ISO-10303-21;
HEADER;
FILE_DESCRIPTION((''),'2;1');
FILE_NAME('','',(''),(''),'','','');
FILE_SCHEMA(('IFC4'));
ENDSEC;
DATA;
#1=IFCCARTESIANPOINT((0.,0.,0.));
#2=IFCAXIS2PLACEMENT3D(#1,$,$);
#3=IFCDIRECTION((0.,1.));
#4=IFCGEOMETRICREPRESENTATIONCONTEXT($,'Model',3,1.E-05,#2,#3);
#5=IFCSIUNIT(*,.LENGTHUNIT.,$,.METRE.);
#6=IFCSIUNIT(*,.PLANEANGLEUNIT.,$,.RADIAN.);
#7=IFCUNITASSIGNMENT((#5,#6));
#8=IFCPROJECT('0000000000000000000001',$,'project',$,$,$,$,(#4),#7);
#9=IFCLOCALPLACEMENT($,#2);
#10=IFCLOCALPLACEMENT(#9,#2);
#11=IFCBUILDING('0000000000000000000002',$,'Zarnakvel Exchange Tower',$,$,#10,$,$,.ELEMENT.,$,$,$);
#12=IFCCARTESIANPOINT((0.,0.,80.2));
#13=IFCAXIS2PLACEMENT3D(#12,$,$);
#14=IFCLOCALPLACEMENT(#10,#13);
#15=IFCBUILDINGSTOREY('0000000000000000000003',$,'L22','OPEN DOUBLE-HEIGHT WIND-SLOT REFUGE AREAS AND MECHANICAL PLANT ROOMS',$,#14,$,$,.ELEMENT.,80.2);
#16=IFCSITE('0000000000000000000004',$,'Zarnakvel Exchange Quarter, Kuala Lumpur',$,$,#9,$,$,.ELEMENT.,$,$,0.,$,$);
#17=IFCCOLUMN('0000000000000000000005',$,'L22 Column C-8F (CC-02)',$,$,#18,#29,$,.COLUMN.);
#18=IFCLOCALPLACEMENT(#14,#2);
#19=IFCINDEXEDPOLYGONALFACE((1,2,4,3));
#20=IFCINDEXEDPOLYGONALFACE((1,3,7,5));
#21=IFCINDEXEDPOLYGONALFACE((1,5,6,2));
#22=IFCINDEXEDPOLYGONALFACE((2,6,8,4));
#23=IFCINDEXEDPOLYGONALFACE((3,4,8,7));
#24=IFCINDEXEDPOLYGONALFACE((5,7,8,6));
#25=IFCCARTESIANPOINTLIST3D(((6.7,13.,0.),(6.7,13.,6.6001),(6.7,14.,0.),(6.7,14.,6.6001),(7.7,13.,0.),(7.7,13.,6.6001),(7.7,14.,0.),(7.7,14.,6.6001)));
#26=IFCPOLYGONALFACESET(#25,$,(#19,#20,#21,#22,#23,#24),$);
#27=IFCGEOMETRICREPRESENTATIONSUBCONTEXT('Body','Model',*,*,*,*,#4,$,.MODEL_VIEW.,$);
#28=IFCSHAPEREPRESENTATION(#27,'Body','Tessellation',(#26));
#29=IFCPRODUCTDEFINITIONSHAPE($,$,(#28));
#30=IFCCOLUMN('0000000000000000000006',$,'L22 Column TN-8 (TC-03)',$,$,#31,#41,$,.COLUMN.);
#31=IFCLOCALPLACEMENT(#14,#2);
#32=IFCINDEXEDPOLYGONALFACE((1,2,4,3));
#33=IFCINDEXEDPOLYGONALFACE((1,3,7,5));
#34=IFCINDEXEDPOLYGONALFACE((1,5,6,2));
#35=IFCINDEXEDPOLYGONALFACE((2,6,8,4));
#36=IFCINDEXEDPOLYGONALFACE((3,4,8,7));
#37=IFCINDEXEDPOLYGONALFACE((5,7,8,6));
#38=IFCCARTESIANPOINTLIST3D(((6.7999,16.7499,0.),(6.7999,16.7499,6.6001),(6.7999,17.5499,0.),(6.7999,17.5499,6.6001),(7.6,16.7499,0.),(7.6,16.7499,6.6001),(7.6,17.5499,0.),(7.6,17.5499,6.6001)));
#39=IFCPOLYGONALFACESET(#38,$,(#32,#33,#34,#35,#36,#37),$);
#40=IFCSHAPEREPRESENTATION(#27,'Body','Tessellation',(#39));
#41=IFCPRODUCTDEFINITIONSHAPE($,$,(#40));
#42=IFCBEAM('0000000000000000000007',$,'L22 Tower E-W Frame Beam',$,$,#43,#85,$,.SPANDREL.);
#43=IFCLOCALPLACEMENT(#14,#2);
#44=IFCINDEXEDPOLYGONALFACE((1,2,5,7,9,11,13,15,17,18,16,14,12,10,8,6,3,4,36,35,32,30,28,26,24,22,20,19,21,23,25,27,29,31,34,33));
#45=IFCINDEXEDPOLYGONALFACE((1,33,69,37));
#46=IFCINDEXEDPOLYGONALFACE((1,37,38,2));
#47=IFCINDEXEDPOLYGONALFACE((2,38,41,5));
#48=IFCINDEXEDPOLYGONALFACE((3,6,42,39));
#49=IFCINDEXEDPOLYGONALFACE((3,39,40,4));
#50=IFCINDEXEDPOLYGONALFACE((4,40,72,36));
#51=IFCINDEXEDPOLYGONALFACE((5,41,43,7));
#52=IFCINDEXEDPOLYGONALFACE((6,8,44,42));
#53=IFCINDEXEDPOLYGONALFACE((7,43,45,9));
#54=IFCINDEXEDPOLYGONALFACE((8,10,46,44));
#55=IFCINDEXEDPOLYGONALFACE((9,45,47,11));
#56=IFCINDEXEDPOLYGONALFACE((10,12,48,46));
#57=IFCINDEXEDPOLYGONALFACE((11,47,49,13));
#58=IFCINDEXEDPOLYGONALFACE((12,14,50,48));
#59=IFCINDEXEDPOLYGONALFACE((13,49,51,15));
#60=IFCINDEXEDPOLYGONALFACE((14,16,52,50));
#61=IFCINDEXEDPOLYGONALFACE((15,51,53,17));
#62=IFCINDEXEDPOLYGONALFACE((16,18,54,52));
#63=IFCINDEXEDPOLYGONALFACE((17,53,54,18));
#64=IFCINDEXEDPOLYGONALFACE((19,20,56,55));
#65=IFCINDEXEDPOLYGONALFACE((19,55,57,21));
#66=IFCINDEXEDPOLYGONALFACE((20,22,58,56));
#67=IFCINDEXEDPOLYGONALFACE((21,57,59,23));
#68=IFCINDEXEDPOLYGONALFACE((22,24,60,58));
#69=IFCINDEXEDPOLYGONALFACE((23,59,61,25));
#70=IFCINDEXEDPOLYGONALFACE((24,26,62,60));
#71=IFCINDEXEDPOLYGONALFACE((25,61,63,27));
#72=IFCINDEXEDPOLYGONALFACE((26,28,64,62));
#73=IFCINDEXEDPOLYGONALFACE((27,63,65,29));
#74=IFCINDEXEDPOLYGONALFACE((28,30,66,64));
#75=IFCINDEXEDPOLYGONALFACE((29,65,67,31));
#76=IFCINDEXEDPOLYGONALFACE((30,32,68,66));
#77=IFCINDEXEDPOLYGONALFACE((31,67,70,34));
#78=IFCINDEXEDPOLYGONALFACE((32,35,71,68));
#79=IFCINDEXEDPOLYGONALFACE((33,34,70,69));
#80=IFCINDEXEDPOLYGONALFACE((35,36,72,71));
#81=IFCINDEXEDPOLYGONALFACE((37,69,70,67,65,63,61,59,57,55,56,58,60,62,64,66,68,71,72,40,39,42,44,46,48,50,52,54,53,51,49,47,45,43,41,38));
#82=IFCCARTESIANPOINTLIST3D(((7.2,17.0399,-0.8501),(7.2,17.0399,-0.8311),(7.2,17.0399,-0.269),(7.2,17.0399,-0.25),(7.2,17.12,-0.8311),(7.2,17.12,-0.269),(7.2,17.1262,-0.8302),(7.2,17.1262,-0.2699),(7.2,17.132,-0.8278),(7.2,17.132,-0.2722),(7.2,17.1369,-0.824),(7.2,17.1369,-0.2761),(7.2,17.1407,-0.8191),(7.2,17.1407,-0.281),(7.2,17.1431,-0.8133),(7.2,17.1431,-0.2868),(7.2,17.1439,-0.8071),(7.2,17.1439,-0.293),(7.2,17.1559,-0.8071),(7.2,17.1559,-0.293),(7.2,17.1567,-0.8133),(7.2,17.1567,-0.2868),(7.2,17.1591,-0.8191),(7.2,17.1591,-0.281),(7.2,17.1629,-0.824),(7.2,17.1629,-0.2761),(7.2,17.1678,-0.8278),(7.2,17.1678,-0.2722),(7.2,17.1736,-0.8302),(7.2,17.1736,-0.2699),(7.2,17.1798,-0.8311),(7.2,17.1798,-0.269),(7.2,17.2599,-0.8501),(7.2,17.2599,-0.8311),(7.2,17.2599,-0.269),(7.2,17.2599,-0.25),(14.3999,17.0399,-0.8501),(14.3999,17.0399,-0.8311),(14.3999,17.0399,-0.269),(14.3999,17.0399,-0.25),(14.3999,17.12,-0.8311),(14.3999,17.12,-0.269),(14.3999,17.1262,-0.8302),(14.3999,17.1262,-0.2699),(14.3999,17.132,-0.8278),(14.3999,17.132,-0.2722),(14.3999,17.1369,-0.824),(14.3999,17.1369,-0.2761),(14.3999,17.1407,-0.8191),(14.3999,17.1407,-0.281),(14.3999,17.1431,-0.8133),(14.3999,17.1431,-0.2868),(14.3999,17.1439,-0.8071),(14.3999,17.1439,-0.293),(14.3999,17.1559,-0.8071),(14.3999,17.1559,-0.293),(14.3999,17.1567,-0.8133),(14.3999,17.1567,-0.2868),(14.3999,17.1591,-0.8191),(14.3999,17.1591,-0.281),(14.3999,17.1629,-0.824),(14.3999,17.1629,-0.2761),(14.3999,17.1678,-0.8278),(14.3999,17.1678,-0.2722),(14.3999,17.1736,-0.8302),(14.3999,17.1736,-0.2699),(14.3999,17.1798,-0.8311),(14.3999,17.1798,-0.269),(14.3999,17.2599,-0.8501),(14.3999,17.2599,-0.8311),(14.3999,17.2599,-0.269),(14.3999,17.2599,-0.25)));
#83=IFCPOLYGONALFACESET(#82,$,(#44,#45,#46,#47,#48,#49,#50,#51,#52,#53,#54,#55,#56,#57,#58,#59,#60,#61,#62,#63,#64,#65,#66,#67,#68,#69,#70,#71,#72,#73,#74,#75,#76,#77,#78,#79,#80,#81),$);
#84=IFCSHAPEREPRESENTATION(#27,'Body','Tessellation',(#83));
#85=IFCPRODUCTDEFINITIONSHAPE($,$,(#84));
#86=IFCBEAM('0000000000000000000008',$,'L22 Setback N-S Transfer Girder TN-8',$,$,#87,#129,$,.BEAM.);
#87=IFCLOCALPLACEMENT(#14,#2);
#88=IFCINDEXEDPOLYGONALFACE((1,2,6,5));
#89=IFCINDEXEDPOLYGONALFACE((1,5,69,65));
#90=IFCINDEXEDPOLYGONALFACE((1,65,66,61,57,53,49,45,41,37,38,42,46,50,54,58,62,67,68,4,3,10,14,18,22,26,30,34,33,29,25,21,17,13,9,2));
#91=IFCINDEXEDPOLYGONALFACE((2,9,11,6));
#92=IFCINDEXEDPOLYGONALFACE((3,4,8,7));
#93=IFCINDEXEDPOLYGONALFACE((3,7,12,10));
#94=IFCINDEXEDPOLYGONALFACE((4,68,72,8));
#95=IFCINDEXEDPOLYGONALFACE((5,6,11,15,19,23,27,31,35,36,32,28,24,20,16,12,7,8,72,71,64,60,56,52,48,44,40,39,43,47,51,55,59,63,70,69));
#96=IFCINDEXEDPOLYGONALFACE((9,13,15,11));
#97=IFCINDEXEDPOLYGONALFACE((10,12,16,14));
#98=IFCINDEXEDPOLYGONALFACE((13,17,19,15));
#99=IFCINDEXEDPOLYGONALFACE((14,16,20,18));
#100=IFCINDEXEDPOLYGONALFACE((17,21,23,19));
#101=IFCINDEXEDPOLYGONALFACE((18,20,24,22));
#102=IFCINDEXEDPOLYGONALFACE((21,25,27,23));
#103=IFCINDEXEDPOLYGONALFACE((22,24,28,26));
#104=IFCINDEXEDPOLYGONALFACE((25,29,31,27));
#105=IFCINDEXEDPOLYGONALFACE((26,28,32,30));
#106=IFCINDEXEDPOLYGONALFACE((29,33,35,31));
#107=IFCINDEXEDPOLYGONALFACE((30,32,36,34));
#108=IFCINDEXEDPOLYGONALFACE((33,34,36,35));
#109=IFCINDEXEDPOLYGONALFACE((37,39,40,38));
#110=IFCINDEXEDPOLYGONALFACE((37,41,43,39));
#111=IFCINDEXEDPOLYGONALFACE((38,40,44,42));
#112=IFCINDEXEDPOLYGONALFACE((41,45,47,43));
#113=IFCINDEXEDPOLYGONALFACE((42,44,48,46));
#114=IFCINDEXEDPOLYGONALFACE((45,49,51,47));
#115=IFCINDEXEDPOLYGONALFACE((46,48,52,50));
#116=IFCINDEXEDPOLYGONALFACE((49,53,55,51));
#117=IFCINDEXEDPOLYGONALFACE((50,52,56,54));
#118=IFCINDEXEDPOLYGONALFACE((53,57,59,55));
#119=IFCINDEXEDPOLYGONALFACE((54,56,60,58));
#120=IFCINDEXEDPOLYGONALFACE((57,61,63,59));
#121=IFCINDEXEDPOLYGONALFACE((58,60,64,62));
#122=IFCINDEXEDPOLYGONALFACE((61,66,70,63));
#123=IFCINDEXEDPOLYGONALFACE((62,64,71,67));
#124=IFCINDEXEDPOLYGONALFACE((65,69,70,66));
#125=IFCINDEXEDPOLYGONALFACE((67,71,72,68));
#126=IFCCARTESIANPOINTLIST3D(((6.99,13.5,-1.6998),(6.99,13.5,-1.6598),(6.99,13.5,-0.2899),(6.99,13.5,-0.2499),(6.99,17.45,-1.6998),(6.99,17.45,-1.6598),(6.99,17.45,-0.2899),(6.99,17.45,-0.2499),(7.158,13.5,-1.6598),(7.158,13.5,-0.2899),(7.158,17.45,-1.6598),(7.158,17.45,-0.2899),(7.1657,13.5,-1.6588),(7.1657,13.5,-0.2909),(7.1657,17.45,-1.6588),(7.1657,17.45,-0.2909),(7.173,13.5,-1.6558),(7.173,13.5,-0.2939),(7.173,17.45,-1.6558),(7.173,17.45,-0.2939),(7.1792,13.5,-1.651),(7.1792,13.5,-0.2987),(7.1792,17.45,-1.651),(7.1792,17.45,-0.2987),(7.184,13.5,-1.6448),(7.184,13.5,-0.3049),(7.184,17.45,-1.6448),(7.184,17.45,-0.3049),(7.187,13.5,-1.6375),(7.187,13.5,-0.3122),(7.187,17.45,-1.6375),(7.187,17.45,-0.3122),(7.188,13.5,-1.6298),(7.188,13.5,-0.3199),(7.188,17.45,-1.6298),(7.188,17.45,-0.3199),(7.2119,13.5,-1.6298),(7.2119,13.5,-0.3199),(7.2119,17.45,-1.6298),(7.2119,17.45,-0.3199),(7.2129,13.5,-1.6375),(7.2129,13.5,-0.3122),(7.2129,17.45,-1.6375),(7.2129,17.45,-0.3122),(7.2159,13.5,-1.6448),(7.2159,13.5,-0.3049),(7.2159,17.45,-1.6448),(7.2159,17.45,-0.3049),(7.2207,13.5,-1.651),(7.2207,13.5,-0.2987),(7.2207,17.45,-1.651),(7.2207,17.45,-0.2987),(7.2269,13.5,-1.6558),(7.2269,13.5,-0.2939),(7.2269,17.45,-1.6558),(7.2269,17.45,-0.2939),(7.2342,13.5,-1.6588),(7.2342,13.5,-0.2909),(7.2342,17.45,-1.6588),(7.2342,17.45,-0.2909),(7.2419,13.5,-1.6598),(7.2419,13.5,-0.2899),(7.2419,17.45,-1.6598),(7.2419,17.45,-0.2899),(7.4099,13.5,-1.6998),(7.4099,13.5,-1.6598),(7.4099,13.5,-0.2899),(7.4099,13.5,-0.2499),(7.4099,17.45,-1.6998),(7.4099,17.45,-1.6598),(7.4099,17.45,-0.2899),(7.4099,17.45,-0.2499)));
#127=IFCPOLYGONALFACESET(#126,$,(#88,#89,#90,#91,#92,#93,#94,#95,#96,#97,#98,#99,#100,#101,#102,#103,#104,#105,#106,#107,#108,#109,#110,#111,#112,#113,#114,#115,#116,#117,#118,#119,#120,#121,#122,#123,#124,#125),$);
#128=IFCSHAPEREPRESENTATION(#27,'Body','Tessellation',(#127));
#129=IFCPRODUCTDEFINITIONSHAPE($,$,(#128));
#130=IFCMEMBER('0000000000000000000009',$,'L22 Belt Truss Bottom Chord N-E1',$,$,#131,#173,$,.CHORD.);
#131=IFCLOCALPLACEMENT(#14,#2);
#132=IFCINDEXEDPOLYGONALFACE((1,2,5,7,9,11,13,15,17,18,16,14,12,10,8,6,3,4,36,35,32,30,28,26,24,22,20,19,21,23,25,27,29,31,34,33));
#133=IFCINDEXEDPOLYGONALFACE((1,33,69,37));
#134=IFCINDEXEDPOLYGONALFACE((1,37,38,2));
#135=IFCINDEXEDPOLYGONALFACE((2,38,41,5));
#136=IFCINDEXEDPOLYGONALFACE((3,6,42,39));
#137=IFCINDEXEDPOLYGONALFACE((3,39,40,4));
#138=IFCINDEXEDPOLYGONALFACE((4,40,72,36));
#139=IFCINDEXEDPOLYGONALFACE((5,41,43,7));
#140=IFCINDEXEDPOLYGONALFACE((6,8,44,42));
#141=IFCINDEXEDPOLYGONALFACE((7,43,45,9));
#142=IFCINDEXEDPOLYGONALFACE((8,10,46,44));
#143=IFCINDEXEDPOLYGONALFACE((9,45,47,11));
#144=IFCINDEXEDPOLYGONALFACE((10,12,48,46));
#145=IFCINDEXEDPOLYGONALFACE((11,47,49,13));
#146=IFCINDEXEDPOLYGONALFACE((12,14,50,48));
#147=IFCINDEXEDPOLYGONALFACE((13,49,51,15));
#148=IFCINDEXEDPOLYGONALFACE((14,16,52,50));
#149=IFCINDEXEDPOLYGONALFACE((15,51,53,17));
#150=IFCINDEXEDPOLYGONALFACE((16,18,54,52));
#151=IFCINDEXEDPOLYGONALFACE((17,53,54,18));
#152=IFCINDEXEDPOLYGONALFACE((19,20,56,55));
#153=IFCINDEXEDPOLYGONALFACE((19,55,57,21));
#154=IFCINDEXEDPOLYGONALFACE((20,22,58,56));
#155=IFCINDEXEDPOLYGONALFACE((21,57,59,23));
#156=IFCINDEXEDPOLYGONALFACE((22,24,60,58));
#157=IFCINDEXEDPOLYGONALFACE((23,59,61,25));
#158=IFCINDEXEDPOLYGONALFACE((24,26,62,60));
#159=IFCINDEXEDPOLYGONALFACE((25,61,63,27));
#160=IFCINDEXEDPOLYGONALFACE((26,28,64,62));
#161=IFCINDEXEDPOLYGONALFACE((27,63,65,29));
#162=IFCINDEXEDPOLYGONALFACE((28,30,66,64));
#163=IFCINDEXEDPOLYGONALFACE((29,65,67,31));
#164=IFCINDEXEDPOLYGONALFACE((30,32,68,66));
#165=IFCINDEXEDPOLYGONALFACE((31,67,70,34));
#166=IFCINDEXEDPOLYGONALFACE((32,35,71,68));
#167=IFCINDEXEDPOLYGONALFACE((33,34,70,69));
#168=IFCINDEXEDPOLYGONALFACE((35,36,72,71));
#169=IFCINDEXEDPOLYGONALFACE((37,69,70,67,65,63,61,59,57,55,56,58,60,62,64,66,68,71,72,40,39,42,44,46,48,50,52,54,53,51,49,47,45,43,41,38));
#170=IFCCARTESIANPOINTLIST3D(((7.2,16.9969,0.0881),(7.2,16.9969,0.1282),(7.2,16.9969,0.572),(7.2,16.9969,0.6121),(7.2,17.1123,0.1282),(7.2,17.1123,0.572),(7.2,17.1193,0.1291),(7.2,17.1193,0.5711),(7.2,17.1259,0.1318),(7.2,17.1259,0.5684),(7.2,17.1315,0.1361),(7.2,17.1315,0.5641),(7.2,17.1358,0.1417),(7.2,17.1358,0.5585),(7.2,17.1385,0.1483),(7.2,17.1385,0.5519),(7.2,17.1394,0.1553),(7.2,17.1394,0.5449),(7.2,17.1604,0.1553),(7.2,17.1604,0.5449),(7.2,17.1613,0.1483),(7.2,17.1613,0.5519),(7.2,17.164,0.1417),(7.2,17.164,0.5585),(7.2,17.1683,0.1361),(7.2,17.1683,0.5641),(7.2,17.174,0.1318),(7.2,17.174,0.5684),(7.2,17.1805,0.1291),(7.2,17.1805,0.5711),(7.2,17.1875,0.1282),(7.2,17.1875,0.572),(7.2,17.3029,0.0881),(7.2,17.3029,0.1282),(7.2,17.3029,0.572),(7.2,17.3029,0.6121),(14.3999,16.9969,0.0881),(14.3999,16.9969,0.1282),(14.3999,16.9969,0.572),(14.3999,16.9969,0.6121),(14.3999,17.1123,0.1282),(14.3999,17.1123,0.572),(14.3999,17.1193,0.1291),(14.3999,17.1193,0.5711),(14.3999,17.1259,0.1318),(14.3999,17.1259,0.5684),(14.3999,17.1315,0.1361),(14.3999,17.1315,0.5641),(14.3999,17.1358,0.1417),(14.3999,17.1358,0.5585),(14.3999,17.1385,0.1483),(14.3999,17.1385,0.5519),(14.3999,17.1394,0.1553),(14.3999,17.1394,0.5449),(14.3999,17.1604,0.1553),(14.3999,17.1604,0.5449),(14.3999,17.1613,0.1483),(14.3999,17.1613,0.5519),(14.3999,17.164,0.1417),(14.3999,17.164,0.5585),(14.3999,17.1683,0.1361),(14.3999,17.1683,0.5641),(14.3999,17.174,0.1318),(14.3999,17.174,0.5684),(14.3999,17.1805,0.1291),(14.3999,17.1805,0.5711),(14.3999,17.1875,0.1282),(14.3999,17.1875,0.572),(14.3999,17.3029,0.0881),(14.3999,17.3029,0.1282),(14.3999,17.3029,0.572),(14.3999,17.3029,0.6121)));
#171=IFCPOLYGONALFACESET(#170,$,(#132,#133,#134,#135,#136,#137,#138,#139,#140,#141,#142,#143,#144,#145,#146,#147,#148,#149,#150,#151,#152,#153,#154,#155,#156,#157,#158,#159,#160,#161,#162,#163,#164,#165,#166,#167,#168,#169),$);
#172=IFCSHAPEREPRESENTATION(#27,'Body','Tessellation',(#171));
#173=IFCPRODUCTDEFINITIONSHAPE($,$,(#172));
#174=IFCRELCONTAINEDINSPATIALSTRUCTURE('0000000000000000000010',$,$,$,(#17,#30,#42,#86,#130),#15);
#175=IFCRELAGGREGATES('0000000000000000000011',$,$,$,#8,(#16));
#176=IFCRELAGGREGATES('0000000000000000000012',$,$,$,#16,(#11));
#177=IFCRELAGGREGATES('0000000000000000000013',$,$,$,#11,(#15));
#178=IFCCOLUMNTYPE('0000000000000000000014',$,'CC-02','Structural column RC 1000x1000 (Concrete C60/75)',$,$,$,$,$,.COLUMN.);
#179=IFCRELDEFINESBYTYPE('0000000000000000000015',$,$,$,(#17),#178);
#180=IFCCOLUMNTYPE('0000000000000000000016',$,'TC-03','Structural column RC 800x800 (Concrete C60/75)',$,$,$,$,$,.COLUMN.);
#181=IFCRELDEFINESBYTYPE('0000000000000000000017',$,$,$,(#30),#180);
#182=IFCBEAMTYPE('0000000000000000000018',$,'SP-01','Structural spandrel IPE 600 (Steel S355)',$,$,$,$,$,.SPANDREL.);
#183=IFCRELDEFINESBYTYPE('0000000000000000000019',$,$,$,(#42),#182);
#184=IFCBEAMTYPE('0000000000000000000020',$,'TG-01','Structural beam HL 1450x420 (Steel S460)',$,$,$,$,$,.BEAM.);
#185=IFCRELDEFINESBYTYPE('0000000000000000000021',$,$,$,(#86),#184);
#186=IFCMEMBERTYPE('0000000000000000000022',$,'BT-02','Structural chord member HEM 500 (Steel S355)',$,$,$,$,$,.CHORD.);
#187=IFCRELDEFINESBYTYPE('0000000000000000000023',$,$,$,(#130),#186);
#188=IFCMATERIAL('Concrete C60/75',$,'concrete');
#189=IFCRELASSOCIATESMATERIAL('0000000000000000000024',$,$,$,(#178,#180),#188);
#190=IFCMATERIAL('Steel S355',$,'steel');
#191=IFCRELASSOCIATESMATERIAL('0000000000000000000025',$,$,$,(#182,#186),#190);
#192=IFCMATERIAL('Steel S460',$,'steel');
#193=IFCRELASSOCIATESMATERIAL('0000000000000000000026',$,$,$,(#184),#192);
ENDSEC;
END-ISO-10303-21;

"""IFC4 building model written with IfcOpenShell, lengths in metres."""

from ifc_helpers import new_model, si_unit, direction, frame, origin, origin_2d, place, context, subcontext, project, spatial, rectangle, i_section, extrude, source, transform, mapped, material, material_profile, profile_set, type_object, element, save


model = new_model("IFC4")

# Units and contexts
model_context = context("Model", 3, precision=1e-05, world=origin(), true_north=direction((0.0, 1.0)))
body_context = subcontext(model_context, "Body", "Model", "MODEL_VIEW")
ifc_project = project(units=[si_unit("LENGTHUNIT", "METRE"), si_unit("PLANEANGLEUNIT", "RADIAN")], contexts=[model_context])

# Site, building, storey
site_placement = place(None, origin())
site = spatial("IfcSite", under=ifc_project, at=site_placement, Name="Zarnakvel Exchange Quarter, Kuala Lumpur", CompositionType="ELEMENT", RefElevation=0.0)
building_placement = place(site_placement, origin())
building = spatial("IfcBuilding", under=site, at=building_placement, Name="Zarnakvel Exchange Tower", CompositionType="ELEMENT")
storey_placement = place(building_placement, frame((0.0, 0.0, 80.2)))
storey = spatial("IfcBuildingStorey", under=building, at=storey_placement, Name="L22", Description="OPEN DOUBLE-HEIGHT WIND-SLOT REFUGE AREAS AND MECHANICAL PLANT ROOMS", CompositionType="ELEMENT", Elevation=80.2)

# Columns
ifc_material_1 = material(Name="Concrete C60/75", Category="concrete")
ifc_material_profile_1 = material_profile(ifc_material_1, rectangle(XDim=1.0, YDim=1.0, at=origin_2d()))
ifc_profile_set_1 = profile_set([ifc_material_profile_1], Name="Concrete C60/75")
column_type_1 = type_object("IfcColumnType", Name="CC-02", Description="Structural column RC 1000x1000 (Concrete C60/75)", PredefinedType="COLUMN", material=ifc_profile_set_1)
column_1_placement = place(storey_placement, frame((7.2, 13.5, 0.0), z_axis=(0.0, 0.0, 1.0), x_axis=(1.0, 0.0, 0.0)))
element("IfcColumn", 1, at=column_1_placement, inside=storey, type_object=column_type_1, Name="L22 Column C-8F (CC-02)", PredefinedType="COLUMN", context=body_context, shape_type="SweptSolid", body=[
    extrude(rectangle(XDim=1.0, YDim=1.0, at=origin_2d()), origin(), (0.0, 0.0, 1.0), 6.6001),
])
ifc_material_profile_2 = material_profile(ifc_material_1, rectangle(XDim=0.8, YDim=0.8, at=origin_2d()))
ifc_profile_set_2 = profile_set([ifc_material_profile_2], Name="Concrete C60/75")
column_type_2 = type_object("IfcColumnType", Name="TC-03", Description="Structural column RC 800x800 (Concrete C60/75)", PredefinedType="COLUMN", material=ifc_profile_set_2)
column_2_placement = place(storey_placement, frame((7.2, 17.1499, 0.0), z_axis=(0.0, 0.0, 1.0), x_axis=(1.0, 0.0, 0.0)))
element("IfcColumn", 2, at=column_2_placement, inside=storey, type_object=column_type_2, Name="L22 Column TN-8 (TC-03)", PredefinedType="COLUMN", context=body_context, shape_type="SweptSolid", body=[
    extrude(rectangle(XDim=0.8, YDim=0.8, at=origin_2d()), origin(), (0.0, 0.0, 1.0), 6.6001),
])

# Beams
ifc_material_2 = material(Name="Steel S355", Category="steel")
ifc_material_profile_3 = material_profile(ifc_material_2, i_section(OverallWidth=0.22, OverallDepth=0.6001, WebThickness=0.012, FlangeThickness=0.019, FilletRadius=0.0239, at=origin_2d()))
ifc_profile_set_3 = profile_set([ifc_material_profile_3], Name="Steel S355")
beam_type_1 = type_object("IfcBeamType", Name="SP-01", Description="Structural spandrel IPE 600 (Steel S355)", PredefinedType="SPANDREL", material=ifc_profile_set_3)
beam_1_placement = place(storey_placement, frame((7.2, 17.1499, -0.55), z_axis=(1.0, 0.0, 0.0), x_axis=(0.0, 1.0, 0.0)))
element("IfcBeam", 3, at=beam_1_placement, inside=storey, type_object=beam_type_1, Name="L22 Tower E-W Frame Beam", PredefinedType="SPANDREL", context=body_context, shape_type="SweptSolid", body=[
    extrude(i_section(OverallWidth=0.22, OverallDepth=0.6001, WebThickness=0.012, FlangeThickness=0.019, FilletRadius=0.0239, at=origin_2d()), origin(), (0.0, 0.0, 1.0), 7.2),
])
ifc_material_3 = material(Name="Steel S460", Category="steel")
ifc_material_profile_4 = material_profile(ifc_material_3, i_section(OverallWidth=0.4199, OverallDepth=1.45, WebThickness=0.0239, FlangeThickness=0.04, FilletRadius=0.03, at=origin_2d()))
ifc_profile_set_4 = profile_set([ifc_material_profile_4], Name="Steel S460")
beam_type_2 = type_object("IfcBeamType", Name="TG-01", Description="Structural beam HL 1450x420 (Steel S460)", PredefinedType="BEAM", material=ifc_profile_set_4)
beam_2_placement = place(storey_placement, frame((7.2, 13.5, -0.9749), z_axis=(0.0, 1.0, 0.0), x_axis=(-1.0, 0.0, 0.0)))
element("IfcBeam", 4, at=beam_2_placement, inside=storey, type_object=beam_type_2, Name="L22 Setback N-S Transfer Girder TN-8", PredefinedType="BEAM", context=body_context, shape_type="SweptSolid", body=[
    extrude(i_section(OverallWidth=0.4199, OverallDepth=1.45, WebThickness=0.0239, FlangeThickness=0.04, FilletRadius=0.03, at=origin_2d()), origin(), (0.0, 0.0, 1.0), 3.95),
])

# Member
ifc_material_profile_5 = material_profile(ifc_material_2, i_section(OverallWidth=0.3059, OverallDepth=0.5239, WebThickness=0.021, FlangeThickness=0.04, FilletRadius=0.0271, at=origin_2d()))
ifc_profile_set_5 = profile_set([ifc_material_profile_5], Name="Steel S355")
member_type_1 = type_object("IfcMemberType", Name="BT-02", Description="Structural chord member HEM 500 (Steel S355)", PredefinedType="CHORD", material=ifc_profile_set_5)
shared_shape_1 = source(origin(), body_context, "Body", "SweptSolid", [
    extrude(i_section(OverallWidth=0.3059, OverallDepth=0.5239, WebThickness=0.021, FlangeThickness=0.04, FilletRadius=0.0271, at=origin_2d()), origin(), (0.0, 0.0, 1.0), 7.2),
])
for number, where, z_axis, x_axis, name in (
    (5, (7.2, 17.1499, 0.3501), (1.0, 0.0, 0.0), (0.0, 1.0, 0.0), "L22 Belt Truss Bottom Chord N-E1"),
):
    element("IfcMember", number, at=place(storey_placement, frame(where, z_axis=z_axis, x_axis=x_axis)), inside=storey, type_object=member_type_1, Name=name, PredefinedType="CHORD", context=body_context, shape_type="MappedRepresentation", body=[
        mapped(shared_shape_1, transform((0.0, 0.0, 0.0), x_axis=(1.0, 0.0, 0.0), y_axis=(0.0, 1.0, 0.0), z_axis=(0.0, 0.0, 1.0), scale=1.0)),
    ])

save(model, "model.ifc")
